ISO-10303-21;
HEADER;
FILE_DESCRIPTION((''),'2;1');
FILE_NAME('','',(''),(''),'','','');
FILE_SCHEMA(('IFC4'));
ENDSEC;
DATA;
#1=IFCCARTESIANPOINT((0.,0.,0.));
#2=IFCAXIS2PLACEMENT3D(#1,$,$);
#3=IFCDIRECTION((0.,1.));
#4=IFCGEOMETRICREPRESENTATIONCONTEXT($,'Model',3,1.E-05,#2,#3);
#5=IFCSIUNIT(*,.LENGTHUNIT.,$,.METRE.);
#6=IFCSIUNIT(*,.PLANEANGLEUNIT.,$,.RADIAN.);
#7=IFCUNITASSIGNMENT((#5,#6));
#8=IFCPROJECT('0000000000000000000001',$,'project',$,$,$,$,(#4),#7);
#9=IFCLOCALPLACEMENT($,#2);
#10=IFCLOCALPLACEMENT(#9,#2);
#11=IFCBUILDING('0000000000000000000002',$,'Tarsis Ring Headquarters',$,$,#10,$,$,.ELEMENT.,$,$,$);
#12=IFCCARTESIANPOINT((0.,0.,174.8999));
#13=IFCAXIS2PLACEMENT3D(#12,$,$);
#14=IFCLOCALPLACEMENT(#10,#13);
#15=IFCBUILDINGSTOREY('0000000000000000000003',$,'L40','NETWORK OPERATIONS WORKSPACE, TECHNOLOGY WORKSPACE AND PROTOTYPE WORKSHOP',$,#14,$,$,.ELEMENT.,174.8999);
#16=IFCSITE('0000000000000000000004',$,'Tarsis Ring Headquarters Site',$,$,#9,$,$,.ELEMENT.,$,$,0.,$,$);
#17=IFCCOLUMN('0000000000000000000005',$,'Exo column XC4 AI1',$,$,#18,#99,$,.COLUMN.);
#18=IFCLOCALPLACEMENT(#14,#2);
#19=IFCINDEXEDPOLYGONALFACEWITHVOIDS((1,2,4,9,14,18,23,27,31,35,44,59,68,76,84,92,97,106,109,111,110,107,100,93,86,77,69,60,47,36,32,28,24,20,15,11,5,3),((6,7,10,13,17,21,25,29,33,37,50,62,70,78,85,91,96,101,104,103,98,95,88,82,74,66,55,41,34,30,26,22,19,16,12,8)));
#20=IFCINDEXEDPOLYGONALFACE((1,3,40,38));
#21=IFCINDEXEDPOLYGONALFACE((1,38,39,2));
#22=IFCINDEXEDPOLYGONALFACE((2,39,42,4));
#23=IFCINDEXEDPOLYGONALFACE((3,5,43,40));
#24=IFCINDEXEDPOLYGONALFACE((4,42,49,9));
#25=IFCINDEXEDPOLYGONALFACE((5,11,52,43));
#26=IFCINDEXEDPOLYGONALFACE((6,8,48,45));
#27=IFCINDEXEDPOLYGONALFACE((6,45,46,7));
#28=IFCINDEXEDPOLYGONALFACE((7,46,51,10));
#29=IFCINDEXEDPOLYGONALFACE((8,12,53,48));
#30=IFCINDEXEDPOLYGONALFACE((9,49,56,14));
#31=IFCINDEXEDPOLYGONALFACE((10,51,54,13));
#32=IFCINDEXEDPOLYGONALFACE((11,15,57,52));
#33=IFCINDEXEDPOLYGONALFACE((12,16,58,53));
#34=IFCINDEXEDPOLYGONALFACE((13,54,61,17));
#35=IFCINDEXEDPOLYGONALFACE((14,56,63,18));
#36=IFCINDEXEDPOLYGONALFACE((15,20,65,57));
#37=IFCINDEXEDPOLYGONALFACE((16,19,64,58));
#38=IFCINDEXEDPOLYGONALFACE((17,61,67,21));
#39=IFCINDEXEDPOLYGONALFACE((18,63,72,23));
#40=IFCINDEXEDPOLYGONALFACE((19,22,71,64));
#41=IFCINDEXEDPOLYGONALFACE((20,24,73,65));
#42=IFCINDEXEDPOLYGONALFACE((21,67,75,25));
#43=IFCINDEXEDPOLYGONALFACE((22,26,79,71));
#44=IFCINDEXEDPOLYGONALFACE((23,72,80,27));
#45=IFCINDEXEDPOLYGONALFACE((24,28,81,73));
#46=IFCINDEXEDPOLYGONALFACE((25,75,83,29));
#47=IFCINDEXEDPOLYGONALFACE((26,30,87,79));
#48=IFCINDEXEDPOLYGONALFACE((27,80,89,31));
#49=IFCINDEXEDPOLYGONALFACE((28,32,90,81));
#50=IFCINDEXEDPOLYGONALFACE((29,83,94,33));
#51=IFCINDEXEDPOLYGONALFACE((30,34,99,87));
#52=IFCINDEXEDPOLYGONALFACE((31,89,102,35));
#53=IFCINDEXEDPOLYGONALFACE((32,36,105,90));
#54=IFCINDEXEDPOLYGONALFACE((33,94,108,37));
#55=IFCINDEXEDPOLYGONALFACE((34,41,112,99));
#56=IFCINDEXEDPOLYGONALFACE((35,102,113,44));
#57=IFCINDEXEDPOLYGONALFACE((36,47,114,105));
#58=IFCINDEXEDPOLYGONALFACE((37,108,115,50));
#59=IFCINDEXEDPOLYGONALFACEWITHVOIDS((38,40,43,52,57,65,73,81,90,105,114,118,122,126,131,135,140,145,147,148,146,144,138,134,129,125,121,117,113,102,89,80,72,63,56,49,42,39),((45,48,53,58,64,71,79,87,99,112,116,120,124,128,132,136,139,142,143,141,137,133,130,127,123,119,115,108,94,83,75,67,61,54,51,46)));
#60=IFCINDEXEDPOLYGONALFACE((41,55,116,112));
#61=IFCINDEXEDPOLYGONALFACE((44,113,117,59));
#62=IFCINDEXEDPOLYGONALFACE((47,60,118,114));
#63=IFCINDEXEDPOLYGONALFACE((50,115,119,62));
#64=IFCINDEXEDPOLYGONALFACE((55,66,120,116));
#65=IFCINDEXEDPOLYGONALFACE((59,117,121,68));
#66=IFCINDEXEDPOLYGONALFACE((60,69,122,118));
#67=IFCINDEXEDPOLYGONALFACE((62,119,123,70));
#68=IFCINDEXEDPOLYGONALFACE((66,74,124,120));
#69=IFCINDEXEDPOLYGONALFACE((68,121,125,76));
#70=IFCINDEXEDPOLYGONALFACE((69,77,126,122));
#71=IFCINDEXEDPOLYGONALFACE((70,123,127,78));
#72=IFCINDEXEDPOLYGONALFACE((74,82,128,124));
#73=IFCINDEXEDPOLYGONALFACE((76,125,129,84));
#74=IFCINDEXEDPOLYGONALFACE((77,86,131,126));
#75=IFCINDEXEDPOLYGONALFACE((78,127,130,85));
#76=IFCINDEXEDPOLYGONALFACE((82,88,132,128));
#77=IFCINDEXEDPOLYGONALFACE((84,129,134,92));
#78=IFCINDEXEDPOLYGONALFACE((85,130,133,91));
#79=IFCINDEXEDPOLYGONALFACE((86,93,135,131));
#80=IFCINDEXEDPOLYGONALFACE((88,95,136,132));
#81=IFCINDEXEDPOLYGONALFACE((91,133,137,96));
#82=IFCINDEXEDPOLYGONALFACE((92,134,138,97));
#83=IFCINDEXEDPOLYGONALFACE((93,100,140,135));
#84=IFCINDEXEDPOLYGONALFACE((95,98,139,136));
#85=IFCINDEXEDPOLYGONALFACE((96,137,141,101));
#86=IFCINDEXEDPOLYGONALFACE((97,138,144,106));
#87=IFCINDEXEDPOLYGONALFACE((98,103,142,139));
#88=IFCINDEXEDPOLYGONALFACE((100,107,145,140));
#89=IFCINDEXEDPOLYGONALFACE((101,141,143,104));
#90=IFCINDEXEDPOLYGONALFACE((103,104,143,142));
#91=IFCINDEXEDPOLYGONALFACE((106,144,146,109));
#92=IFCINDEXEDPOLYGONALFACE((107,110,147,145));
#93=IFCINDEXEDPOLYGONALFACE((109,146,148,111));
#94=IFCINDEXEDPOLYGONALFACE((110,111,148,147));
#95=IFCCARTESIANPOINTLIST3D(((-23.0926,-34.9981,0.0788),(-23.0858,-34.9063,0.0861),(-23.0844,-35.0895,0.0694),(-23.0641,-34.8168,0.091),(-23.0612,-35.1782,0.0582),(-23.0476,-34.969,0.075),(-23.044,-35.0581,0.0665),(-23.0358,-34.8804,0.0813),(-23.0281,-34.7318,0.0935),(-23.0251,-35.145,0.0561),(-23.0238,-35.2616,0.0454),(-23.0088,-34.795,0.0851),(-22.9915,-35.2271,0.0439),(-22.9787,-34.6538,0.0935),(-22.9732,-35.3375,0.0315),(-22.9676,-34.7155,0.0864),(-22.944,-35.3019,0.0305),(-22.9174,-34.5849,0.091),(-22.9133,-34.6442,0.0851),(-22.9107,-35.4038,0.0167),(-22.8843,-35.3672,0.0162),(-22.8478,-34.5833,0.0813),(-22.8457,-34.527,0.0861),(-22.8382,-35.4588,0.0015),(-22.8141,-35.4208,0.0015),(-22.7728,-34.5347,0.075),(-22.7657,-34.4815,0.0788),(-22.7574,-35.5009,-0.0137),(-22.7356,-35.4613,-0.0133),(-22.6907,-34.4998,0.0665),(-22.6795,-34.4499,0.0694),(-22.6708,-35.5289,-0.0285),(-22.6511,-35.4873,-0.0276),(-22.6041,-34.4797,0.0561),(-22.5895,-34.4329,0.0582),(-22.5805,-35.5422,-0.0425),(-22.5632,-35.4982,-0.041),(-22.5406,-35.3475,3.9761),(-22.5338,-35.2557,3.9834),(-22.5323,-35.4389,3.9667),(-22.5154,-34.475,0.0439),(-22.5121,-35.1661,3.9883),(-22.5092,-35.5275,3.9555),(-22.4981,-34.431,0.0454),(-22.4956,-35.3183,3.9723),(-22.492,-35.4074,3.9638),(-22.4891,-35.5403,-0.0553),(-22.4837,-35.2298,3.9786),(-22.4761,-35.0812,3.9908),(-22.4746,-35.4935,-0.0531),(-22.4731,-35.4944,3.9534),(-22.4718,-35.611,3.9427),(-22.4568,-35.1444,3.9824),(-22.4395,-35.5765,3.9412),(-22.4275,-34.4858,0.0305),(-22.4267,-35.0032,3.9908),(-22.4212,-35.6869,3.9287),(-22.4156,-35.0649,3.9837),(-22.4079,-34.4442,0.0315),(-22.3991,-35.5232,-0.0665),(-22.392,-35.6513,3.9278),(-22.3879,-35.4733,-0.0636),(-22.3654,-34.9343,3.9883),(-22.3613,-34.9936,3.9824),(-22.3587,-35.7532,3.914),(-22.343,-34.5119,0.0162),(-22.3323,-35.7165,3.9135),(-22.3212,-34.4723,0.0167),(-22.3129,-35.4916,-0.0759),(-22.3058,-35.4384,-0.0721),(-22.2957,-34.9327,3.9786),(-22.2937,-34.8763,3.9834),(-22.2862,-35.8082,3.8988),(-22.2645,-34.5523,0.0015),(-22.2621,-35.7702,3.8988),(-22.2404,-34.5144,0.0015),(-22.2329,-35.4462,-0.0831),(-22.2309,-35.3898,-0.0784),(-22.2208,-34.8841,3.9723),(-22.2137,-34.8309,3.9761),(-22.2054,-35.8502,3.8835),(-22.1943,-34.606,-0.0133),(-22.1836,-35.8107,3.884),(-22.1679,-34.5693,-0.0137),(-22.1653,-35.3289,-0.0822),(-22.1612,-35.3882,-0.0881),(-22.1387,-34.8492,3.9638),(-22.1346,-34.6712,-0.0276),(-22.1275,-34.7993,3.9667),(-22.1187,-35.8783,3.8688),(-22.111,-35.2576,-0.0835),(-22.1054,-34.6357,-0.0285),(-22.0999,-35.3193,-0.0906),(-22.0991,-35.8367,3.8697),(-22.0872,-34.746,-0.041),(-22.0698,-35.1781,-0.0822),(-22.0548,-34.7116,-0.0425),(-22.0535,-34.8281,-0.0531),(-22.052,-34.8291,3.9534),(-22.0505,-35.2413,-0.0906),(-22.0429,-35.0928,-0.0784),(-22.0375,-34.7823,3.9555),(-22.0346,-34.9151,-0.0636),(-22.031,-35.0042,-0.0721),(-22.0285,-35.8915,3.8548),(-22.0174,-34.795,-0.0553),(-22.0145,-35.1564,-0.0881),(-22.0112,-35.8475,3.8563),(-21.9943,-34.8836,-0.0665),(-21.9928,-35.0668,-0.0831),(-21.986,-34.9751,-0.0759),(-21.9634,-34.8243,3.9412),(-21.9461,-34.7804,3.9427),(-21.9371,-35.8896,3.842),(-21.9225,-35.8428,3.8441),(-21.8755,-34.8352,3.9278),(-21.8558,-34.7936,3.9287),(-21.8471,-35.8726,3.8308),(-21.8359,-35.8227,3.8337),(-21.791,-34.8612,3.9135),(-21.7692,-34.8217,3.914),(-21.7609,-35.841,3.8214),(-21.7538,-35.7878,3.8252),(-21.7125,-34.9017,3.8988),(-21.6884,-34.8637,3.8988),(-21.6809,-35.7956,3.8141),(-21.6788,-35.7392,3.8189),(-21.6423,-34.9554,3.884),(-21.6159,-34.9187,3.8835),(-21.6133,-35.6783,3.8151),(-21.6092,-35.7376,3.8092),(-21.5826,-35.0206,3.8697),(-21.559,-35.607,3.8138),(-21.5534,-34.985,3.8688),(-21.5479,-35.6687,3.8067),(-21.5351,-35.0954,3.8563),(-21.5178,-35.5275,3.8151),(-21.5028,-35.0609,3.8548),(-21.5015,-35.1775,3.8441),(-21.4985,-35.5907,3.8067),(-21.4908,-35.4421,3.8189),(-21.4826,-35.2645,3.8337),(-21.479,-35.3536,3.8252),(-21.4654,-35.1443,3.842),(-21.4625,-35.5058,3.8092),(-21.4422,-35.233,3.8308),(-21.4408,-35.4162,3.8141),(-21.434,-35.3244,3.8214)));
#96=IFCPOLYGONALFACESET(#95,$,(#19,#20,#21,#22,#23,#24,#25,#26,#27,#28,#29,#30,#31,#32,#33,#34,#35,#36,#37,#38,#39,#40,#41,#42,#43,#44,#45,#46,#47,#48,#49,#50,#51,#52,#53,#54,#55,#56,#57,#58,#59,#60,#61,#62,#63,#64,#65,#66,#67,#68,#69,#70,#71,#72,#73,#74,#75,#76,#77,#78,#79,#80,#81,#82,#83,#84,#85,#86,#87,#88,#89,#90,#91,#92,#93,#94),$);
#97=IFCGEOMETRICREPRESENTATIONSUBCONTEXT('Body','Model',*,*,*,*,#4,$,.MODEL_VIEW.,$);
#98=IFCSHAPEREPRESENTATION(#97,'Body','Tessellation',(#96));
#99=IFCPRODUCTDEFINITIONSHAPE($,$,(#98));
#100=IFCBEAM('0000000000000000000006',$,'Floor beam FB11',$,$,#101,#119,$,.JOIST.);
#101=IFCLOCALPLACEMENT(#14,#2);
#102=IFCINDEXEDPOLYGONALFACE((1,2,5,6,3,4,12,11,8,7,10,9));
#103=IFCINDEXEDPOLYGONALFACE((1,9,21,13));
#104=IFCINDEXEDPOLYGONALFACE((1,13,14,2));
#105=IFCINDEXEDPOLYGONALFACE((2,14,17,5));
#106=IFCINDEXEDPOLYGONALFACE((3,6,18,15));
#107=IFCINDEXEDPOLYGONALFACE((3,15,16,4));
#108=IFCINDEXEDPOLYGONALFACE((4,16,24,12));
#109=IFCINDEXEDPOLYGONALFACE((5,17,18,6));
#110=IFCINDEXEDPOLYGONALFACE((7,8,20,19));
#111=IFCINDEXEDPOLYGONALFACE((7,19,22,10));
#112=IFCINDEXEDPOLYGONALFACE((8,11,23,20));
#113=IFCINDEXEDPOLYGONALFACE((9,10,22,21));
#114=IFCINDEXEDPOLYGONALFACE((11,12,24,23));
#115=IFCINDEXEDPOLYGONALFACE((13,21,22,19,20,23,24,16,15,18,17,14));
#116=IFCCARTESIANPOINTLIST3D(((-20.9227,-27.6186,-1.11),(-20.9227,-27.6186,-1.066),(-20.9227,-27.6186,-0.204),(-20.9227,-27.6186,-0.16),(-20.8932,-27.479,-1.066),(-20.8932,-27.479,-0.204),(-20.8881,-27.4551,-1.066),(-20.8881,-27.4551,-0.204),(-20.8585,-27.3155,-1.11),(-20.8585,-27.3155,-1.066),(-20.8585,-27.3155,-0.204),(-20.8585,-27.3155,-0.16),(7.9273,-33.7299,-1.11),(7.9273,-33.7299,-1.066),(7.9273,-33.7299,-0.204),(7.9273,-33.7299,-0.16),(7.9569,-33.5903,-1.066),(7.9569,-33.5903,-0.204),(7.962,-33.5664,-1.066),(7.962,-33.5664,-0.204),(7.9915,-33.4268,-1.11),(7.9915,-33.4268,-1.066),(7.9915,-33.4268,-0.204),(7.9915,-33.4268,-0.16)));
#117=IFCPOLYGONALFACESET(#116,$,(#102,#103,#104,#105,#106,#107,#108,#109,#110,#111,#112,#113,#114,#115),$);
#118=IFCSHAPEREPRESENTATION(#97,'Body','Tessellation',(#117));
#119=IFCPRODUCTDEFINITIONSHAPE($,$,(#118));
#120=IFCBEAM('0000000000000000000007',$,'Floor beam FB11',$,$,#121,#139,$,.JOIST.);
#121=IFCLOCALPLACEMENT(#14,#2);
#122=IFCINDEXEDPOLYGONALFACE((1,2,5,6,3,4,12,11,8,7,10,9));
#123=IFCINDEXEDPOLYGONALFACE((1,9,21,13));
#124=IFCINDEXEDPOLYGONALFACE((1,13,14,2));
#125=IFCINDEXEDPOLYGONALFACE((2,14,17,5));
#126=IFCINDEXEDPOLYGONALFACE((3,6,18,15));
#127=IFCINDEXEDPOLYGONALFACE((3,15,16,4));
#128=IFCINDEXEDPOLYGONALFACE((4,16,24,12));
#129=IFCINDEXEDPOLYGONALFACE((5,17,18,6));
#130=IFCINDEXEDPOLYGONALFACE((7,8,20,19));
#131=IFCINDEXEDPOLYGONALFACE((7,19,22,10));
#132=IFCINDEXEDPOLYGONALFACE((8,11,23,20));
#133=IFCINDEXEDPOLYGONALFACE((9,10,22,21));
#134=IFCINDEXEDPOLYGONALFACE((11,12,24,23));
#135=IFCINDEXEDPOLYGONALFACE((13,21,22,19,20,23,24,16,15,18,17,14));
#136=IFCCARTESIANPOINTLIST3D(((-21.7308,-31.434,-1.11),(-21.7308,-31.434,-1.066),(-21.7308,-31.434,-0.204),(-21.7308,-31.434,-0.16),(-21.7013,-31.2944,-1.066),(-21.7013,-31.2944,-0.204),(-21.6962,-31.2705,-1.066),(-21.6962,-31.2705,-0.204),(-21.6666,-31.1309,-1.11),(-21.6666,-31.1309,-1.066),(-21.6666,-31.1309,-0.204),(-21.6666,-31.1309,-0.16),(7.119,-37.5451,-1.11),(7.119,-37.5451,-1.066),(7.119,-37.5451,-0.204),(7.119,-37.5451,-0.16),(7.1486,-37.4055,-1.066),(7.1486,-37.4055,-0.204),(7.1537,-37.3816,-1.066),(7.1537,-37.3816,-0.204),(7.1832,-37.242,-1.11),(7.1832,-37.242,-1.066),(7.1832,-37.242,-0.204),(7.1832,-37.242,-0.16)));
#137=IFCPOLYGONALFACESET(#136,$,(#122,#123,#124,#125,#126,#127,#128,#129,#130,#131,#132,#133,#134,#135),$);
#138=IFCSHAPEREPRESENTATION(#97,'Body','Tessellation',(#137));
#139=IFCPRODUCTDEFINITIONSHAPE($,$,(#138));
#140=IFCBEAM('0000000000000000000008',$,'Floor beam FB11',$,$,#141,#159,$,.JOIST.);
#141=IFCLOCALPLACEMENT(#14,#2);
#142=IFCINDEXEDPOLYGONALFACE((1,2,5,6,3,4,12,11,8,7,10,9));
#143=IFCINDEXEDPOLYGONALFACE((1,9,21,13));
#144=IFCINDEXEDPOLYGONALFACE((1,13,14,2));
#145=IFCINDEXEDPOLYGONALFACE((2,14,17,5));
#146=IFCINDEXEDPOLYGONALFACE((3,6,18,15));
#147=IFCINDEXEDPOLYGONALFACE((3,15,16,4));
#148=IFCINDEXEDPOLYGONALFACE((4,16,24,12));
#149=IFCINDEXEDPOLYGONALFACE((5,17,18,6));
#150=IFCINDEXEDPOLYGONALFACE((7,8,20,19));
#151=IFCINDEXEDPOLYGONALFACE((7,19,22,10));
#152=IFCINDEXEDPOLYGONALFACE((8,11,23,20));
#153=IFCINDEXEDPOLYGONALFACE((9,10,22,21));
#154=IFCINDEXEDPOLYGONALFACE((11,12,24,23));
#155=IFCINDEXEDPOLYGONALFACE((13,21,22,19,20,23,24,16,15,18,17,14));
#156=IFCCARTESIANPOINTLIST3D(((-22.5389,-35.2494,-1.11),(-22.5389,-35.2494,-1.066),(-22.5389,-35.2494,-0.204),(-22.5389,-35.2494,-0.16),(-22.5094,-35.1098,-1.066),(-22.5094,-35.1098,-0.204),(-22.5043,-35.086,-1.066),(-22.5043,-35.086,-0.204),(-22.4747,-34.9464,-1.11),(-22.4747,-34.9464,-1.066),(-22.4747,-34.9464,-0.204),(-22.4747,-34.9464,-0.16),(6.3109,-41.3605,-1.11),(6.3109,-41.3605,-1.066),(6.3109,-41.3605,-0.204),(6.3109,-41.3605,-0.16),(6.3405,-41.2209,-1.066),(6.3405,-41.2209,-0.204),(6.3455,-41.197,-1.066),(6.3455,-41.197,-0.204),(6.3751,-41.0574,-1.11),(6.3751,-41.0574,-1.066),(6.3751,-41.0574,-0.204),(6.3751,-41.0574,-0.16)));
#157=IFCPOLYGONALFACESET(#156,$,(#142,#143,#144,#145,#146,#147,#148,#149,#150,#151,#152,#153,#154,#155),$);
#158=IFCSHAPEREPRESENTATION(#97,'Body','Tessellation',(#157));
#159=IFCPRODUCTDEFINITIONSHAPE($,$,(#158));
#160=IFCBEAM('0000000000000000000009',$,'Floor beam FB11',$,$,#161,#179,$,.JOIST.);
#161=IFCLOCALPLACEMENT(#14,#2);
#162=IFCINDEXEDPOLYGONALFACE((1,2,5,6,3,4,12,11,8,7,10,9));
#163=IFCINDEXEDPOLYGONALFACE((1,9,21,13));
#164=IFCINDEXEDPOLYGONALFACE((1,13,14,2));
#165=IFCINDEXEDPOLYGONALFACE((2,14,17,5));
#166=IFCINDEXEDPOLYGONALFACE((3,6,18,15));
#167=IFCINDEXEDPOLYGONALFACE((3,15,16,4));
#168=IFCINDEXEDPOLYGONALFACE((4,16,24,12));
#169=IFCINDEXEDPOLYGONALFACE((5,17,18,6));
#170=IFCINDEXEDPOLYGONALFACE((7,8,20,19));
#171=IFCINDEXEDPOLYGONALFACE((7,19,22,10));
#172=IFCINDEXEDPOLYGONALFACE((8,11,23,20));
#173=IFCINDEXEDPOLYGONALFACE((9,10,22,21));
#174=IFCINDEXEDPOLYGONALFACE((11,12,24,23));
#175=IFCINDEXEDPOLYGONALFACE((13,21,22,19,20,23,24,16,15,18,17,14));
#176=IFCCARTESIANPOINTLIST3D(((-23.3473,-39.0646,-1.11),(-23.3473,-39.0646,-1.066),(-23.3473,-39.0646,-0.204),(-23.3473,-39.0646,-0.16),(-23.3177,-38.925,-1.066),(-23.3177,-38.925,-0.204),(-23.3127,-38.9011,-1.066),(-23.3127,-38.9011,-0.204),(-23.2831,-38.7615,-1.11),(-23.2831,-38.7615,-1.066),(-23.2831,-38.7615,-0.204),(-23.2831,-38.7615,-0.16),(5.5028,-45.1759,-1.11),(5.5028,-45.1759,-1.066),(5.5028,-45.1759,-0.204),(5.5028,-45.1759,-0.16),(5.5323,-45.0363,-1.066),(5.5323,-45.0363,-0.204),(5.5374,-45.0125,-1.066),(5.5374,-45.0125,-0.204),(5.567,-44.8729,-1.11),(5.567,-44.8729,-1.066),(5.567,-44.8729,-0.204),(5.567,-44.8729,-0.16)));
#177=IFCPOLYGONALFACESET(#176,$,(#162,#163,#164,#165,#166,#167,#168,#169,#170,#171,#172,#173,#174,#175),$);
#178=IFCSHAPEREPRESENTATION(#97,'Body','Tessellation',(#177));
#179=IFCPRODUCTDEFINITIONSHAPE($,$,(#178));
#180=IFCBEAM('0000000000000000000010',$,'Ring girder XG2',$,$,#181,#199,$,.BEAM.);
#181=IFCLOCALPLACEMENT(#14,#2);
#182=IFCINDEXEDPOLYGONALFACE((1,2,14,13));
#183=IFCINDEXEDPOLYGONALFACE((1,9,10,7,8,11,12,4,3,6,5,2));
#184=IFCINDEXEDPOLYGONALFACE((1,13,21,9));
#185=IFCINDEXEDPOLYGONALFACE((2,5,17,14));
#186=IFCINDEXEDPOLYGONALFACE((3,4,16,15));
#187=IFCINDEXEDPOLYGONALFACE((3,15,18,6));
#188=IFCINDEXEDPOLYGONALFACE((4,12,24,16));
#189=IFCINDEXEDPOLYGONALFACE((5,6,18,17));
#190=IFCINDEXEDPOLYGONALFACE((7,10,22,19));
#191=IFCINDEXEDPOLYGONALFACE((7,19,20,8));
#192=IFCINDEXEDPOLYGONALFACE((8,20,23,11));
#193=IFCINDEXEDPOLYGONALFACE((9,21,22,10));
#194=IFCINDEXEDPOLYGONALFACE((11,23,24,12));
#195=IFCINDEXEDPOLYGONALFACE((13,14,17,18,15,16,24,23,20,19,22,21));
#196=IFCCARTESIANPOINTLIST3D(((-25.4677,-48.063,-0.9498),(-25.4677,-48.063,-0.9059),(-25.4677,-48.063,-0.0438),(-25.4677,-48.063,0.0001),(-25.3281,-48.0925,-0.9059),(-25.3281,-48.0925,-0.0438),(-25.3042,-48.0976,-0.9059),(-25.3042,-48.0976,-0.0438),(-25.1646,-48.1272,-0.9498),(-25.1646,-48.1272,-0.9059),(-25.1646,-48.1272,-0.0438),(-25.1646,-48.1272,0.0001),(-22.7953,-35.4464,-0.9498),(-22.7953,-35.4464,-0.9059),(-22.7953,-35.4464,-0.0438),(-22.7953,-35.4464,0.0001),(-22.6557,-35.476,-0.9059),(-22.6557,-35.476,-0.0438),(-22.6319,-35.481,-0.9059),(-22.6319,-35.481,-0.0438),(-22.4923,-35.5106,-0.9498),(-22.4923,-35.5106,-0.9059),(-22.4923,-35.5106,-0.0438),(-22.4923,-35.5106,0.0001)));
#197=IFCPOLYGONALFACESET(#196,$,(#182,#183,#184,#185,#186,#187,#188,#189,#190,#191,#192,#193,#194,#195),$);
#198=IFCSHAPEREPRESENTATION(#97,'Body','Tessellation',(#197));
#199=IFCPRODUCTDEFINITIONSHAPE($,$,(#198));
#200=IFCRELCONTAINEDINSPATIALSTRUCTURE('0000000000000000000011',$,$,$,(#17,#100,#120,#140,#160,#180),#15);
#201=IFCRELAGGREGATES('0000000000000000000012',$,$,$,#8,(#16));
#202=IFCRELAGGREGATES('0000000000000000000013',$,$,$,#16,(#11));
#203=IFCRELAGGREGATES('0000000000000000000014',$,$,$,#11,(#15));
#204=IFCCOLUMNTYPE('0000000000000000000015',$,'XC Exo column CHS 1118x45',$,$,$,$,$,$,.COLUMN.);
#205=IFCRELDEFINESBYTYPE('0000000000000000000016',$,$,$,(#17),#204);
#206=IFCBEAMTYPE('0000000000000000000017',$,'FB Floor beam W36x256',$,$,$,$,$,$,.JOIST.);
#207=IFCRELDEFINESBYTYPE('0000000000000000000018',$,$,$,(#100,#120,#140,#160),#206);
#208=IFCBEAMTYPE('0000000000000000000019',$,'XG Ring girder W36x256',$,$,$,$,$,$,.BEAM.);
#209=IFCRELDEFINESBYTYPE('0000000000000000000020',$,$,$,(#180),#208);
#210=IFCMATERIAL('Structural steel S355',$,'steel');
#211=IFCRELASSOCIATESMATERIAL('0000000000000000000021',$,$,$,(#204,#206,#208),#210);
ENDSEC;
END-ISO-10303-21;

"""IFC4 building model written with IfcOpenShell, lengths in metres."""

from ifc_helpers import new_model, si_unit, direction, frame, origin, origin_2d, place, context, subcontext, project, spatial, hollow_circle, i_section, extrude, material, material_profile, profile_set, type_object, element, save


model = new_model("IFC4")

# Units and contexts
model_context = context("Model", 3, precision=1e-05, world=origin(), true_north=direction((0.0, 1.0)))
body_context = subcontext(model_context, "Body", "Model", "MODEL_VIEW")
ifc_project = project(units=[si_unit("LENGTHUNIT", "METRE"), si_unit("PLANEANGLEUNIT", "RADIAN")], contexts=[model_context])

# Site, building, storey
site_placement = place(None, origin())
site = spatial("IfcSite", under=ifc_project, at=site_placement, Name="Tarsis Ring Headquarters Site", CompositionType="ELEMENT", RefElevation=0.0)
building_placement = place(site_placement, origin())
building = spatial("IfcBuilding", under=site, at=building_placement, Name="Tarsis Ring Headquarters", CompositionType="ELEMENT")
storey_placement = place(building_placement, frame((0.0, 0.0, 174.8999)))
storey = spatial("IfcBuildingStorey", under=building, at=storey_placement, Name="L40", Description="NETWORK OPERATIONS WORKSPACE, TECHNOLOGY WORKSPACE AND PROTOTYPE WORKSHOP", CompositionType="ELEMENT", Elevation=174.8999)

# Column
ifc_material_1 = material(Name="Structural steel S355", Category="steel")
ifc_material_profile_1 = material_profile(ifc_material_1, hollow_circle(Radius=0.5588, WallThickness=0.0449, at=origin_2d()), Name="CHS 1118x45")
ifc_profile_set_1 = profile_set([ifc_material_profile_1], Name="Structural steel S355")
column_type = type_object("IfcColumnType", Name="XC Exo column CHS 1118x45", PredefinedType="COLUMN", material=ifc_profile_set_1)
column_placement = place(storey_placement, frame((-22.5393, -34.9866, 0.0015), z_axis=(0.139691, -0.088411, 0.98624), x_axis=(0.534794, 0.844982, 0.0)))
element("IfcColumn", 1, at=column_placement, inside=storey, type_object=column_type, Name="Exo column XC4 AI1", PredefinedType="COLUMN", context=body_context, shape_type="SweptSolid", body=[
    extrude(hollow_circle(Radius=0.5588, WallThickness=0.0449, at=origin_2d()), origin(), (0.0, 0.0, 1.0), 3.9517),
])

# Beams
ifc_material_profile_2 = material_profile(ifc_material_1, i_section(OverallWidth=0.3098, OverallDepth=0.95, WebThickness=0.0244, FlangeThickness=0.0439, at=origin_2d()), Name="W36x256")
ifc_profile_set_2 = profile_set([ifc_material_profile_2], Name="Structural steel S355")
beam_type_1 = type_object("IfcBeamType", Name="FB Floor beam W36x256", PredefinedType="JOIST", material=ifc_profile_set_2)
beam_1_placement = place(storey_placement, frame((-20.8906, -27.467, -0.635), z_axis=(0.978292, -0.207232, 0.0), x_axis=(0.207232, 0.978292, 0.0)))
element("IfcBeam", 2, at=beam_1_placement, inside=storey, type_object=beam_type_1, Name="Floor beam FB11", PredefinedType="JOIST", context=body_context, shape_type="SweptSolid", body=[
    extrude(i_section(OverallWidth=0.3098, OverallDepth=0.95, WebThickness=0.0244, FlangeThickness=0.0439, at=origin_2d()), origin(), (0.0, 0.0, 1.0), 29.4902),
])
for number, where, z_axis, x_axis, name in (
    (3, (-21.6987, -31.2825, -0.635), (0.978293, -0.207226, 0.0), (0.207226, 0.978293, 0.0), "Floor beam FB11"),
    (4, (-22.5068, -35.0979, -0.635), (0.978293, -0.207226, 0.0), (0.207226, 0.978293, 0.0), "Floor beam FB11"),
):
    element("IfcBeam", number, at=place(storey_placement, frame(where, z_axis=z_axis, x_axis=x_axis)), inside=storey, type_object=beam_type_1, Name=name, PredefinedType="JOIST", context=body_context, shape_type="SweptSolid", body=[
        extrude(i_section(OverallWidth=0.3098, OverallDepth=0.95, WebThickness=0.0244, FlangeThickness=0.0439, at=origin_2d()), origin(), (0.0, 0.0, 1.0), 29.49),
    ])
beam_2_placement = place(storey_placement, frame((-23.3152, -38.9131, -0.635), z_axis=(0.978292, -0.207232, 0.0), x_axis=(0.207232, 0.978292, 0.0)))
element("IfcBeam", 5, at=beam_2_placement, inside=storey, type_object=beam_type_1, Name="Floor beam FB11", PredefinedType="JOIST", context=body_context, shape_type="SweptSolid", body=[
    extrude(i_section(OverallWidth=0.3098, OverallDepth=0.95, WebThickness=0.0244, FlangeThickness=0.0439, at=origin_2d()), origin(), (0.0, 0.0, 1.0), 29.4902),
])
beam_type_2 = type_object("IfcBeamType", Name="XG Ring girder W36x256", PredefinedType="BEAM", material=ifc_profile_set_2)
beam_3_placement = place(storey_placement, frame((-22.6438, -35.4785, -0.4749), z_axis=(-0.207218, -0.978295, 0.0), x_axis=(0.978295, -0.207218, 0.0)))
element("IfcBeam", 6, at=beam_3_placement, inside=storey, type_object=beam_type_2, Name="Ring girder XG2", PredefinedType="BEAM", context=body_context, shape_type="SweptSolid", body=[
    extrude(i_section(OverallWidth=0.3098, OverallDepth=0.95, WebThickness=0.0244, FlangeThickness=0.0439, at=origin_2d()), origin(), (0.0, 0.0, 1.0), 12.8965),
])

save(model, "model.ifc")
